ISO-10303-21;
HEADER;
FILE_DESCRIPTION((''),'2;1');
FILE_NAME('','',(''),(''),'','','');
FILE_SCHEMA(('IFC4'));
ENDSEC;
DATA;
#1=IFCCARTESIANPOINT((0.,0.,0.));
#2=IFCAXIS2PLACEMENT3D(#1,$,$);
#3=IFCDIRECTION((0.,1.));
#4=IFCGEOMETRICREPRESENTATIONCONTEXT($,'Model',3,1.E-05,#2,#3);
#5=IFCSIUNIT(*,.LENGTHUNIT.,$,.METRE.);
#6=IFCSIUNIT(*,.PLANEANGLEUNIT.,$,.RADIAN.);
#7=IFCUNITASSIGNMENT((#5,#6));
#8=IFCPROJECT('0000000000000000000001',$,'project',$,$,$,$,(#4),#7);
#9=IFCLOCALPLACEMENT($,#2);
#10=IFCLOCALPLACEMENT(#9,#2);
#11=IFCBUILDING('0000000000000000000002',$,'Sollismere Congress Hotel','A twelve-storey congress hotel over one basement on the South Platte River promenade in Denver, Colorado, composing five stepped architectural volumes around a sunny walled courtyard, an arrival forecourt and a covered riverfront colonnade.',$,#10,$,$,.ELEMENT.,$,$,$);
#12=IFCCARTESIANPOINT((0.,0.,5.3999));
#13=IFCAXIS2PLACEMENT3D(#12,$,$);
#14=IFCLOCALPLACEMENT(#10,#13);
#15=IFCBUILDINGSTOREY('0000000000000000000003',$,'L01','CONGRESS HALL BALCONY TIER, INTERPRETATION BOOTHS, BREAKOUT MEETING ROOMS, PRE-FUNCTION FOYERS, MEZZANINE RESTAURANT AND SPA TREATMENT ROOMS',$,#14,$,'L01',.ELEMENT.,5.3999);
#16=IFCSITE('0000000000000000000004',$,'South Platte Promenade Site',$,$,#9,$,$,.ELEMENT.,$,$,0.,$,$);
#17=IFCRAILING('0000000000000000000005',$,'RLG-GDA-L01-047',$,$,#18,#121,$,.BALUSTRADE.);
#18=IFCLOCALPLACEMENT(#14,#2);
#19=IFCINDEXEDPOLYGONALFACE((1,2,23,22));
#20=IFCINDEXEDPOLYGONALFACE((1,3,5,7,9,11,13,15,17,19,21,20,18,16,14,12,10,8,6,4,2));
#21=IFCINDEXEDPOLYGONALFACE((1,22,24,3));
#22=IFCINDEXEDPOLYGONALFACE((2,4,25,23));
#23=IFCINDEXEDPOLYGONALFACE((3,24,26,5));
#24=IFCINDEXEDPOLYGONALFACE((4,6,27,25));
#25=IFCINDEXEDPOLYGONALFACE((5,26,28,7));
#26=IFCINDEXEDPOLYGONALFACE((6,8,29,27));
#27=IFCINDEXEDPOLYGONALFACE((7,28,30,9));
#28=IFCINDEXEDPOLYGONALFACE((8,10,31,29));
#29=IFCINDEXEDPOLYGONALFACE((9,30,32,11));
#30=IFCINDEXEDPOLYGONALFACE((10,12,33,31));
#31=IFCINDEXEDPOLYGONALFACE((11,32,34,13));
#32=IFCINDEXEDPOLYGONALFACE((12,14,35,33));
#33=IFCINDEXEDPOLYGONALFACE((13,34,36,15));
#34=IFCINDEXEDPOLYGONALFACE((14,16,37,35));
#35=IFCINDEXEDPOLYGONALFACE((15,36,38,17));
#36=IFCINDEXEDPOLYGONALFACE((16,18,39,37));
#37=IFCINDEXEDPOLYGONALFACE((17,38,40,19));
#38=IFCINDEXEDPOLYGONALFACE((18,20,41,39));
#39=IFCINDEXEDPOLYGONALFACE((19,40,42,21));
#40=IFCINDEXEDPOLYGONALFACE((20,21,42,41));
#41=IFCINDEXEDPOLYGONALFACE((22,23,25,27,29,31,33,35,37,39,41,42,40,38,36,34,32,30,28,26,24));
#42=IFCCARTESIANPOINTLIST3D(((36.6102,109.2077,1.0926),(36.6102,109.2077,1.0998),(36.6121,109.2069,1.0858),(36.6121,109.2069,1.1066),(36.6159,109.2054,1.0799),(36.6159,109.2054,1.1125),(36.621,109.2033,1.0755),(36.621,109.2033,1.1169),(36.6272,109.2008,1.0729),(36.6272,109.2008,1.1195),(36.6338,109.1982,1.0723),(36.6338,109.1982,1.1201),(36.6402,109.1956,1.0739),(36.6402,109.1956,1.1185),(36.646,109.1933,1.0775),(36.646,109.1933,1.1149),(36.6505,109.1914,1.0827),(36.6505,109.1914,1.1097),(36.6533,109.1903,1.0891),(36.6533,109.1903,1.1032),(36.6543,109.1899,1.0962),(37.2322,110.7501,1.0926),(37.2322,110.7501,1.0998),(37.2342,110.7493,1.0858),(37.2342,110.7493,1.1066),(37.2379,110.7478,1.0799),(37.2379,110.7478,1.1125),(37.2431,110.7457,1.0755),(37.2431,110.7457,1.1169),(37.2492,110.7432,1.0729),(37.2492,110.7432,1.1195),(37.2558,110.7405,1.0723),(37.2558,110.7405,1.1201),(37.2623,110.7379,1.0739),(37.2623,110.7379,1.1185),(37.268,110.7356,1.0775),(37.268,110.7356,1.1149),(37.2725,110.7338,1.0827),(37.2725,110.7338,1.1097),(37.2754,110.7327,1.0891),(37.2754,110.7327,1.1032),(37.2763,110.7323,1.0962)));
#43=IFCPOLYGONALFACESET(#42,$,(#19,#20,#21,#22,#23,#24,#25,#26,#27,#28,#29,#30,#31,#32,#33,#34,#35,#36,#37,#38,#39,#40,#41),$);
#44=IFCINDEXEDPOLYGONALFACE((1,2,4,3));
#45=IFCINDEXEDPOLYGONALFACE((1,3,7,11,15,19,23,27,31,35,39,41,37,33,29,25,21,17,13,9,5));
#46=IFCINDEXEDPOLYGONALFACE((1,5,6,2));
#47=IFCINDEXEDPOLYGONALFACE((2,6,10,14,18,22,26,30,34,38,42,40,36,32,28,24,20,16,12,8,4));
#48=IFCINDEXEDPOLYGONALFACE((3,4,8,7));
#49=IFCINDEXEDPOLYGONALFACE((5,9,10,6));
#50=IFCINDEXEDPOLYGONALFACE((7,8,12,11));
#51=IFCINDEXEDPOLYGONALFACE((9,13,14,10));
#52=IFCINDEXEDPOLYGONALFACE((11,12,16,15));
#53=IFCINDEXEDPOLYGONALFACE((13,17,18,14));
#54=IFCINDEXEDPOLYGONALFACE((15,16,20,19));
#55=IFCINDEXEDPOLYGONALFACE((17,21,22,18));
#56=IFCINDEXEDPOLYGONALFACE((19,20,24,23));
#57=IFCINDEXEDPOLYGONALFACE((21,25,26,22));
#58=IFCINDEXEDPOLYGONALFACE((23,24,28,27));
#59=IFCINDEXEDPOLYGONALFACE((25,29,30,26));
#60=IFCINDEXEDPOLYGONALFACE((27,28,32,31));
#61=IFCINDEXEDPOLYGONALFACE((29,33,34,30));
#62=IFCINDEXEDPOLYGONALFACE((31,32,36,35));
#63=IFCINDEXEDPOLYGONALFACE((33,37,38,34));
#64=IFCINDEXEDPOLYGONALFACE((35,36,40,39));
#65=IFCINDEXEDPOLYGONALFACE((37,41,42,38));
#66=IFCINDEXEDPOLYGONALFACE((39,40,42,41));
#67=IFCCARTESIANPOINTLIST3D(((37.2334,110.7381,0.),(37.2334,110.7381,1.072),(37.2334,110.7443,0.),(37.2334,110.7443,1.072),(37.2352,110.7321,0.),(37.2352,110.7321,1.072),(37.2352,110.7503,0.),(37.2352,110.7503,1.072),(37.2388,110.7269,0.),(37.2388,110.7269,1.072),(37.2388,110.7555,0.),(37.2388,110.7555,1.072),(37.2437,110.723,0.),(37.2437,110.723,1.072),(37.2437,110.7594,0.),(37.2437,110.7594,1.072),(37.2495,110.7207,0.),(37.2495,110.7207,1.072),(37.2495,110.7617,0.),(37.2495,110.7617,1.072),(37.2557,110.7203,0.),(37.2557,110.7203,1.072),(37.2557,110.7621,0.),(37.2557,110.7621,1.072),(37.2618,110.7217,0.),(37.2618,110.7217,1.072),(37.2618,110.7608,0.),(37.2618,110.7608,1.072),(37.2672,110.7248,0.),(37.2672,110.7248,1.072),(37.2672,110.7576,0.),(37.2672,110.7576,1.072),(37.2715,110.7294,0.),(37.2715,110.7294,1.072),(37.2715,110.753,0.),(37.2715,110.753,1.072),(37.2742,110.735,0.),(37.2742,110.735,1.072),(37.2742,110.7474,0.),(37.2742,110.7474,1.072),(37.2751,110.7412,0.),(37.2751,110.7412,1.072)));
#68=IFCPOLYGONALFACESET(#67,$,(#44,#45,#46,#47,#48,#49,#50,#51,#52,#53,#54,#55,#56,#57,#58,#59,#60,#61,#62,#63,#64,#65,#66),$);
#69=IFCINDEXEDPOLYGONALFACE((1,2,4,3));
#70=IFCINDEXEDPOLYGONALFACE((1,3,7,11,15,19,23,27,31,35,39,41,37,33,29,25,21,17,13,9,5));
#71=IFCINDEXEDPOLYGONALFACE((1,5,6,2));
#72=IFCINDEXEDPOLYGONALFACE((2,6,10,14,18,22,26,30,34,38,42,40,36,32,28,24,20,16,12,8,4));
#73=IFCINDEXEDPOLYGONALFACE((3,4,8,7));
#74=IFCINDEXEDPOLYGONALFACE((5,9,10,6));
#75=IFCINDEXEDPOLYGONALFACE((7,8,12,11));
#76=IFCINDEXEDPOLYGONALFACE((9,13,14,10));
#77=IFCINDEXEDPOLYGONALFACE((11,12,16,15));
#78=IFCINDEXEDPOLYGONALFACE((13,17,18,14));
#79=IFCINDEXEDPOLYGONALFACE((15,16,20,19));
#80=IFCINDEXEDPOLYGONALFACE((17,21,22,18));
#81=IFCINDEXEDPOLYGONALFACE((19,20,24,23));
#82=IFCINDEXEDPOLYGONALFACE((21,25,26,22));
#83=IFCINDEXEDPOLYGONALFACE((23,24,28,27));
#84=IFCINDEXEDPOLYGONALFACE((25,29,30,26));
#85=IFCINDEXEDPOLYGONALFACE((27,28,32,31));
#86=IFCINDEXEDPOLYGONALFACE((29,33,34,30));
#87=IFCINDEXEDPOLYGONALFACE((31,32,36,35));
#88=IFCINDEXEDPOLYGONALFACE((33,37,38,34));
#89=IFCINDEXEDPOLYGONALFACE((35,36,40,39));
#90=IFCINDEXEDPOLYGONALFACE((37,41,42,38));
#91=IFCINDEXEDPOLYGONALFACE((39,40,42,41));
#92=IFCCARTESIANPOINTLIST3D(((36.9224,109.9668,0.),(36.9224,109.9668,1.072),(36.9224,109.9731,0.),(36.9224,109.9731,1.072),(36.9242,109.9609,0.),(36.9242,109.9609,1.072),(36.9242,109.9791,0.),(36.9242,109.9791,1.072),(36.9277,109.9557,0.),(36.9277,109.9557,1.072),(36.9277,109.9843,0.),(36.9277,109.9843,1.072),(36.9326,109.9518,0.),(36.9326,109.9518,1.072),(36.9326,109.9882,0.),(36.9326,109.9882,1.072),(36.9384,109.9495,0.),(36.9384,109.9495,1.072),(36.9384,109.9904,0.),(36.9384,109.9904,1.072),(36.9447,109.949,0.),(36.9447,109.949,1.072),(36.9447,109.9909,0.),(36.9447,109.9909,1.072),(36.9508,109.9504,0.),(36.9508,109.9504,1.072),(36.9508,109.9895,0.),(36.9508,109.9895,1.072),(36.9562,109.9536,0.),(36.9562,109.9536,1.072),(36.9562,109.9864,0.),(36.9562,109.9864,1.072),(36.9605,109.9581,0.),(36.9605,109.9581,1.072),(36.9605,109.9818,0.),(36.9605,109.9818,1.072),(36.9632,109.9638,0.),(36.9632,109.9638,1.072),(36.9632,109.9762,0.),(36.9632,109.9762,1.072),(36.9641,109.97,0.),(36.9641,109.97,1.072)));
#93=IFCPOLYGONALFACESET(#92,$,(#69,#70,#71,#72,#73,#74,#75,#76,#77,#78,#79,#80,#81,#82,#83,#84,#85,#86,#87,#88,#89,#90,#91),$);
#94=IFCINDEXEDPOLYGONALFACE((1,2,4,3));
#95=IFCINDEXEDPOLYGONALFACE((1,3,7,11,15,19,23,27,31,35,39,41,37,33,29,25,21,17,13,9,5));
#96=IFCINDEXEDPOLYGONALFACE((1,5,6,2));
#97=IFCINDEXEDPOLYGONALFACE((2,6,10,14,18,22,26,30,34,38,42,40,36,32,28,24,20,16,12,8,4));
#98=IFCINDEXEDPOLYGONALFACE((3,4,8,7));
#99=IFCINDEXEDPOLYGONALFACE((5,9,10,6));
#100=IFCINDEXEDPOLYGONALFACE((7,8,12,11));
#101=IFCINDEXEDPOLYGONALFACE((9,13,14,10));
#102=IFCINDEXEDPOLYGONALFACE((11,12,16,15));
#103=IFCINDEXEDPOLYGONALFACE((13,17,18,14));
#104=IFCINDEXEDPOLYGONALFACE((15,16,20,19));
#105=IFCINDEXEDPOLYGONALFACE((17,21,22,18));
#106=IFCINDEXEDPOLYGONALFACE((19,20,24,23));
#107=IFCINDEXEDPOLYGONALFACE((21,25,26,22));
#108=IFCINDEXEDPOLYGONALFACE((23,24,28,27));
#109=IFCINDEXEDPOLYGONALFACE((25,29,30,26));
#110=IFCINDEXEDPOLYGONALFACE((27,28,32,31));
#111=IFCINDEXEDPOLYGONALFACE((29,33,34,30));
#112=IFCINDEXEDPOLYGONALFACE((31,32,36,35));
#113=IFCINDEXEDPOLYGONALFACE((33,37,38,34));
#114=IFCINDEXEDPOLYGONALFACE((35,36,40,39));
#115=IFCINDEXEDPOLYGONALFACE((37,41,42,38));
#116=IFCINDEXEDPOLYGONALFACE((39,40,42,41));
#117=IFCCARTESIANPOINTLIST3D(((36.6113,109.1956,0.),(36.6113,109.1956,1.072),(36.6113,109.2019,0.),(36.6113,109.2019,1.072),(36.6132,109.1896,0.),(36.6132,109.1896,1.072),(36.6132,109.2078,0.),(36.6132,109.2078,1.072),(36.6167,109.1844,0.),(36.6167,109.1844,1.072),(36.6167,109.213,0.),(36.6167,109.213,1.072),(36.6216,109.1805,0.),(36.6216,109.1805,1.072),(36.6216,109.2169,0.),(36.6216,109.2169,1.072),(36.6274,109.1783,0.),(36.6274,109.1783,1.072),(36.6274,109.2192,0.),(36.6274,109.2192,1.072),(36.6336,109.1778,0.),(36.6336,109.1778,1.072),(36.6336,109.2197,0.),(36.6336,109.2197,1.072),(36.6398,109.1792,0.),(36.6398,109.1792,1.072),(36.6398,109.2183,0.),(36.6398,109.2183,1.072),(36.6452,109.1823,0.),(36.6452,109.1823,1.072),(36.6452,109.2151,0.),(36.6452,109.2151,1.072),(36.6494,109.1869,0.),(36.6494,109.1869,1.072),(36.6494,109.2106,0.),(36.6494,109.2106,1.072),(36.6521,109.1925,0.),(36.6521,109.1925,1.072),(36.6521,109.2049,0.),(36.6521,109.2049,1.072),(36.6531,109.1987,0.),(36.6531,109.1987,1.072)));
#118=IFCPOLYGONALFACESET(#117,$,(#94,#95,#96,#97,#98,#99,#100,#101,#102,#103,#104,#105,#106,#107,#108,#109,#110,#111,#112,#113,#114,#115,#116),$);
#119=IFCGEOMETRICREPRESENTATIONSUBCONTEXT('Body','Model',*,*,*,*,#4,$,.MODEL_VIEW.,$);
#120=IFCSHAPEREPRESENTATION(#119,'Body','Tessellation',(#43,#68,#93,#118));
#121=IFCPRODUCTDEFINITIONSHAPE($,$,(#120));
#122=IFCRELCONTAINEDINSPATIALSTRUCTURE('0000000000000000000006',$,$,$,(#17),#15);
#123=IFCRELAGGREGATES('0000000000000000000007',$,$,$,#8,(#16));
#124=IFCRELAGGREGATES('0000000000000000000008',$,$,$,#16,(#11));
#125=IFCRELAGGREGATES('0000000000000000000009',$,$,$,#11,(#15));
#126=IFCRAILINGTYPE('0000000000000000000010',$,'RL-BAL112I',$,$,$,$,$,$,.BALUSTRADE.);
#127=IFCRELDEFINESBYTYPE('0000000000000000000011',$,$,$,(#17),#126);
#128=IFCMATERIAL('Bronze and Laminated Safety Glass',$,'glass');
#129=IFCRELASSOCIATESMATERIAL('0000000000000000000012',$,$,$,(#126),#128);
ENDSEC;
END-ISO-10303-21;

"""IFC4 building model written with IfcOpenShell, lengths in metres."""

from ifc_helpers import new_model, si_unit, direction, frame, origin, origin_2d, place, context, subcontext, project, spatial, circle, extrude, material, type_object, element, save


model = new_model("IFC4")

# Units and contexts
model_context = context("Model", 3, precision=1e-05, world=origin(), true_north=direction((0.0, 1.0)))
body_context = subcontext(model_context, "Body", "Model", "MODEL_VIEW")
ifc_project = project(units=[si_unit("LENGTHUNIT", "METRE"), si_unit("PLANEANGLEUNIT", "RADIAN")], contexts=[model_context])

# Site, building, storey
site_placement = place(None, origin())
site = spatial("IfcSite", under=ifc_project, at=site_placement, Name="South Platte Promenade Site", CompositionType="ELEMENT", RefElevation=0.0)
building_placement = place(site_placement, origin())
building = spatial("IfcBuilding", under=site, at=building_placement, Name="Sollismere Congress Hotel", Description="A twelve-storey congress hotel over one basement on the South Platte River promenade in Denver, Colorado, composing five stepped architectural volumes around a sunny walled courtyard, an arrival forecourt and a covered riverfront colonnade.", CompositionType="ELEMENT")
storey_placement = place(building_placement, frame((0.0, 0.0, 5.3999)))
storey = spatial("IfcBuildingStorey", under=building, at=storey_placement, Name="L01", Description="CONGRESS HALL BALCONY TIER, INTERPRETATION BOOTHS, BREAKOUT MEETING ROOMS, PRE-FUNCTION FOYERS, MEZZANINE RESTAURANT AND SPA TREATMENT ROOMS", LongName="L01", CompositionType="ELEMENT", Elevation=5.3999)

# Railing
ifc_material_1 = material(Name="Bronze and Laminated Safety Glass", Category="glass")
railing_type = type_object("IfcRailingType", Name="RL-BAL112I", PredefinedType="BALUSTRADE", material=ifc_material_1)
railing_1_placement = place(storey_placement, frame((37.2542, 110.7412, 0.0)))
element("IfcRailing", 1, at=railing_1_placement, inside=storey, type_object=railing_type, Name="RLG-GDA-L01-047", PredefinedType="BALUSTRADE", context=body_context, shape_type="SweptSolid", body=[
    extrude(circle(Radius=0.0239, at=origin_2d()), frame((0.0, 0.0, 1.0962), z_axis=(-0.374021, -0.92742, 0.0), x_axis=(0.92742, -0.374021, 0.0)), (0.0, 0.0, 1.0), 1.6631),
    extrude(circle(Radius=0.021, at=origin_2d()), origin(), (0.0, 0.0, 1.0), 1.072),
    extrude(circle(Radius=0.021, at=origin_2d()), frame((-0.311, -0.7712, 0.0)), (0.0, 0.0, 1.0), 1.072),
    extrude(circle(Radius=0.021, at=origin_2d()), frame((-0.6221, -1.5425, 0.0)), (0.0, 0.0, 1.0), 1.072),
])

save(model, "model.ifc")
